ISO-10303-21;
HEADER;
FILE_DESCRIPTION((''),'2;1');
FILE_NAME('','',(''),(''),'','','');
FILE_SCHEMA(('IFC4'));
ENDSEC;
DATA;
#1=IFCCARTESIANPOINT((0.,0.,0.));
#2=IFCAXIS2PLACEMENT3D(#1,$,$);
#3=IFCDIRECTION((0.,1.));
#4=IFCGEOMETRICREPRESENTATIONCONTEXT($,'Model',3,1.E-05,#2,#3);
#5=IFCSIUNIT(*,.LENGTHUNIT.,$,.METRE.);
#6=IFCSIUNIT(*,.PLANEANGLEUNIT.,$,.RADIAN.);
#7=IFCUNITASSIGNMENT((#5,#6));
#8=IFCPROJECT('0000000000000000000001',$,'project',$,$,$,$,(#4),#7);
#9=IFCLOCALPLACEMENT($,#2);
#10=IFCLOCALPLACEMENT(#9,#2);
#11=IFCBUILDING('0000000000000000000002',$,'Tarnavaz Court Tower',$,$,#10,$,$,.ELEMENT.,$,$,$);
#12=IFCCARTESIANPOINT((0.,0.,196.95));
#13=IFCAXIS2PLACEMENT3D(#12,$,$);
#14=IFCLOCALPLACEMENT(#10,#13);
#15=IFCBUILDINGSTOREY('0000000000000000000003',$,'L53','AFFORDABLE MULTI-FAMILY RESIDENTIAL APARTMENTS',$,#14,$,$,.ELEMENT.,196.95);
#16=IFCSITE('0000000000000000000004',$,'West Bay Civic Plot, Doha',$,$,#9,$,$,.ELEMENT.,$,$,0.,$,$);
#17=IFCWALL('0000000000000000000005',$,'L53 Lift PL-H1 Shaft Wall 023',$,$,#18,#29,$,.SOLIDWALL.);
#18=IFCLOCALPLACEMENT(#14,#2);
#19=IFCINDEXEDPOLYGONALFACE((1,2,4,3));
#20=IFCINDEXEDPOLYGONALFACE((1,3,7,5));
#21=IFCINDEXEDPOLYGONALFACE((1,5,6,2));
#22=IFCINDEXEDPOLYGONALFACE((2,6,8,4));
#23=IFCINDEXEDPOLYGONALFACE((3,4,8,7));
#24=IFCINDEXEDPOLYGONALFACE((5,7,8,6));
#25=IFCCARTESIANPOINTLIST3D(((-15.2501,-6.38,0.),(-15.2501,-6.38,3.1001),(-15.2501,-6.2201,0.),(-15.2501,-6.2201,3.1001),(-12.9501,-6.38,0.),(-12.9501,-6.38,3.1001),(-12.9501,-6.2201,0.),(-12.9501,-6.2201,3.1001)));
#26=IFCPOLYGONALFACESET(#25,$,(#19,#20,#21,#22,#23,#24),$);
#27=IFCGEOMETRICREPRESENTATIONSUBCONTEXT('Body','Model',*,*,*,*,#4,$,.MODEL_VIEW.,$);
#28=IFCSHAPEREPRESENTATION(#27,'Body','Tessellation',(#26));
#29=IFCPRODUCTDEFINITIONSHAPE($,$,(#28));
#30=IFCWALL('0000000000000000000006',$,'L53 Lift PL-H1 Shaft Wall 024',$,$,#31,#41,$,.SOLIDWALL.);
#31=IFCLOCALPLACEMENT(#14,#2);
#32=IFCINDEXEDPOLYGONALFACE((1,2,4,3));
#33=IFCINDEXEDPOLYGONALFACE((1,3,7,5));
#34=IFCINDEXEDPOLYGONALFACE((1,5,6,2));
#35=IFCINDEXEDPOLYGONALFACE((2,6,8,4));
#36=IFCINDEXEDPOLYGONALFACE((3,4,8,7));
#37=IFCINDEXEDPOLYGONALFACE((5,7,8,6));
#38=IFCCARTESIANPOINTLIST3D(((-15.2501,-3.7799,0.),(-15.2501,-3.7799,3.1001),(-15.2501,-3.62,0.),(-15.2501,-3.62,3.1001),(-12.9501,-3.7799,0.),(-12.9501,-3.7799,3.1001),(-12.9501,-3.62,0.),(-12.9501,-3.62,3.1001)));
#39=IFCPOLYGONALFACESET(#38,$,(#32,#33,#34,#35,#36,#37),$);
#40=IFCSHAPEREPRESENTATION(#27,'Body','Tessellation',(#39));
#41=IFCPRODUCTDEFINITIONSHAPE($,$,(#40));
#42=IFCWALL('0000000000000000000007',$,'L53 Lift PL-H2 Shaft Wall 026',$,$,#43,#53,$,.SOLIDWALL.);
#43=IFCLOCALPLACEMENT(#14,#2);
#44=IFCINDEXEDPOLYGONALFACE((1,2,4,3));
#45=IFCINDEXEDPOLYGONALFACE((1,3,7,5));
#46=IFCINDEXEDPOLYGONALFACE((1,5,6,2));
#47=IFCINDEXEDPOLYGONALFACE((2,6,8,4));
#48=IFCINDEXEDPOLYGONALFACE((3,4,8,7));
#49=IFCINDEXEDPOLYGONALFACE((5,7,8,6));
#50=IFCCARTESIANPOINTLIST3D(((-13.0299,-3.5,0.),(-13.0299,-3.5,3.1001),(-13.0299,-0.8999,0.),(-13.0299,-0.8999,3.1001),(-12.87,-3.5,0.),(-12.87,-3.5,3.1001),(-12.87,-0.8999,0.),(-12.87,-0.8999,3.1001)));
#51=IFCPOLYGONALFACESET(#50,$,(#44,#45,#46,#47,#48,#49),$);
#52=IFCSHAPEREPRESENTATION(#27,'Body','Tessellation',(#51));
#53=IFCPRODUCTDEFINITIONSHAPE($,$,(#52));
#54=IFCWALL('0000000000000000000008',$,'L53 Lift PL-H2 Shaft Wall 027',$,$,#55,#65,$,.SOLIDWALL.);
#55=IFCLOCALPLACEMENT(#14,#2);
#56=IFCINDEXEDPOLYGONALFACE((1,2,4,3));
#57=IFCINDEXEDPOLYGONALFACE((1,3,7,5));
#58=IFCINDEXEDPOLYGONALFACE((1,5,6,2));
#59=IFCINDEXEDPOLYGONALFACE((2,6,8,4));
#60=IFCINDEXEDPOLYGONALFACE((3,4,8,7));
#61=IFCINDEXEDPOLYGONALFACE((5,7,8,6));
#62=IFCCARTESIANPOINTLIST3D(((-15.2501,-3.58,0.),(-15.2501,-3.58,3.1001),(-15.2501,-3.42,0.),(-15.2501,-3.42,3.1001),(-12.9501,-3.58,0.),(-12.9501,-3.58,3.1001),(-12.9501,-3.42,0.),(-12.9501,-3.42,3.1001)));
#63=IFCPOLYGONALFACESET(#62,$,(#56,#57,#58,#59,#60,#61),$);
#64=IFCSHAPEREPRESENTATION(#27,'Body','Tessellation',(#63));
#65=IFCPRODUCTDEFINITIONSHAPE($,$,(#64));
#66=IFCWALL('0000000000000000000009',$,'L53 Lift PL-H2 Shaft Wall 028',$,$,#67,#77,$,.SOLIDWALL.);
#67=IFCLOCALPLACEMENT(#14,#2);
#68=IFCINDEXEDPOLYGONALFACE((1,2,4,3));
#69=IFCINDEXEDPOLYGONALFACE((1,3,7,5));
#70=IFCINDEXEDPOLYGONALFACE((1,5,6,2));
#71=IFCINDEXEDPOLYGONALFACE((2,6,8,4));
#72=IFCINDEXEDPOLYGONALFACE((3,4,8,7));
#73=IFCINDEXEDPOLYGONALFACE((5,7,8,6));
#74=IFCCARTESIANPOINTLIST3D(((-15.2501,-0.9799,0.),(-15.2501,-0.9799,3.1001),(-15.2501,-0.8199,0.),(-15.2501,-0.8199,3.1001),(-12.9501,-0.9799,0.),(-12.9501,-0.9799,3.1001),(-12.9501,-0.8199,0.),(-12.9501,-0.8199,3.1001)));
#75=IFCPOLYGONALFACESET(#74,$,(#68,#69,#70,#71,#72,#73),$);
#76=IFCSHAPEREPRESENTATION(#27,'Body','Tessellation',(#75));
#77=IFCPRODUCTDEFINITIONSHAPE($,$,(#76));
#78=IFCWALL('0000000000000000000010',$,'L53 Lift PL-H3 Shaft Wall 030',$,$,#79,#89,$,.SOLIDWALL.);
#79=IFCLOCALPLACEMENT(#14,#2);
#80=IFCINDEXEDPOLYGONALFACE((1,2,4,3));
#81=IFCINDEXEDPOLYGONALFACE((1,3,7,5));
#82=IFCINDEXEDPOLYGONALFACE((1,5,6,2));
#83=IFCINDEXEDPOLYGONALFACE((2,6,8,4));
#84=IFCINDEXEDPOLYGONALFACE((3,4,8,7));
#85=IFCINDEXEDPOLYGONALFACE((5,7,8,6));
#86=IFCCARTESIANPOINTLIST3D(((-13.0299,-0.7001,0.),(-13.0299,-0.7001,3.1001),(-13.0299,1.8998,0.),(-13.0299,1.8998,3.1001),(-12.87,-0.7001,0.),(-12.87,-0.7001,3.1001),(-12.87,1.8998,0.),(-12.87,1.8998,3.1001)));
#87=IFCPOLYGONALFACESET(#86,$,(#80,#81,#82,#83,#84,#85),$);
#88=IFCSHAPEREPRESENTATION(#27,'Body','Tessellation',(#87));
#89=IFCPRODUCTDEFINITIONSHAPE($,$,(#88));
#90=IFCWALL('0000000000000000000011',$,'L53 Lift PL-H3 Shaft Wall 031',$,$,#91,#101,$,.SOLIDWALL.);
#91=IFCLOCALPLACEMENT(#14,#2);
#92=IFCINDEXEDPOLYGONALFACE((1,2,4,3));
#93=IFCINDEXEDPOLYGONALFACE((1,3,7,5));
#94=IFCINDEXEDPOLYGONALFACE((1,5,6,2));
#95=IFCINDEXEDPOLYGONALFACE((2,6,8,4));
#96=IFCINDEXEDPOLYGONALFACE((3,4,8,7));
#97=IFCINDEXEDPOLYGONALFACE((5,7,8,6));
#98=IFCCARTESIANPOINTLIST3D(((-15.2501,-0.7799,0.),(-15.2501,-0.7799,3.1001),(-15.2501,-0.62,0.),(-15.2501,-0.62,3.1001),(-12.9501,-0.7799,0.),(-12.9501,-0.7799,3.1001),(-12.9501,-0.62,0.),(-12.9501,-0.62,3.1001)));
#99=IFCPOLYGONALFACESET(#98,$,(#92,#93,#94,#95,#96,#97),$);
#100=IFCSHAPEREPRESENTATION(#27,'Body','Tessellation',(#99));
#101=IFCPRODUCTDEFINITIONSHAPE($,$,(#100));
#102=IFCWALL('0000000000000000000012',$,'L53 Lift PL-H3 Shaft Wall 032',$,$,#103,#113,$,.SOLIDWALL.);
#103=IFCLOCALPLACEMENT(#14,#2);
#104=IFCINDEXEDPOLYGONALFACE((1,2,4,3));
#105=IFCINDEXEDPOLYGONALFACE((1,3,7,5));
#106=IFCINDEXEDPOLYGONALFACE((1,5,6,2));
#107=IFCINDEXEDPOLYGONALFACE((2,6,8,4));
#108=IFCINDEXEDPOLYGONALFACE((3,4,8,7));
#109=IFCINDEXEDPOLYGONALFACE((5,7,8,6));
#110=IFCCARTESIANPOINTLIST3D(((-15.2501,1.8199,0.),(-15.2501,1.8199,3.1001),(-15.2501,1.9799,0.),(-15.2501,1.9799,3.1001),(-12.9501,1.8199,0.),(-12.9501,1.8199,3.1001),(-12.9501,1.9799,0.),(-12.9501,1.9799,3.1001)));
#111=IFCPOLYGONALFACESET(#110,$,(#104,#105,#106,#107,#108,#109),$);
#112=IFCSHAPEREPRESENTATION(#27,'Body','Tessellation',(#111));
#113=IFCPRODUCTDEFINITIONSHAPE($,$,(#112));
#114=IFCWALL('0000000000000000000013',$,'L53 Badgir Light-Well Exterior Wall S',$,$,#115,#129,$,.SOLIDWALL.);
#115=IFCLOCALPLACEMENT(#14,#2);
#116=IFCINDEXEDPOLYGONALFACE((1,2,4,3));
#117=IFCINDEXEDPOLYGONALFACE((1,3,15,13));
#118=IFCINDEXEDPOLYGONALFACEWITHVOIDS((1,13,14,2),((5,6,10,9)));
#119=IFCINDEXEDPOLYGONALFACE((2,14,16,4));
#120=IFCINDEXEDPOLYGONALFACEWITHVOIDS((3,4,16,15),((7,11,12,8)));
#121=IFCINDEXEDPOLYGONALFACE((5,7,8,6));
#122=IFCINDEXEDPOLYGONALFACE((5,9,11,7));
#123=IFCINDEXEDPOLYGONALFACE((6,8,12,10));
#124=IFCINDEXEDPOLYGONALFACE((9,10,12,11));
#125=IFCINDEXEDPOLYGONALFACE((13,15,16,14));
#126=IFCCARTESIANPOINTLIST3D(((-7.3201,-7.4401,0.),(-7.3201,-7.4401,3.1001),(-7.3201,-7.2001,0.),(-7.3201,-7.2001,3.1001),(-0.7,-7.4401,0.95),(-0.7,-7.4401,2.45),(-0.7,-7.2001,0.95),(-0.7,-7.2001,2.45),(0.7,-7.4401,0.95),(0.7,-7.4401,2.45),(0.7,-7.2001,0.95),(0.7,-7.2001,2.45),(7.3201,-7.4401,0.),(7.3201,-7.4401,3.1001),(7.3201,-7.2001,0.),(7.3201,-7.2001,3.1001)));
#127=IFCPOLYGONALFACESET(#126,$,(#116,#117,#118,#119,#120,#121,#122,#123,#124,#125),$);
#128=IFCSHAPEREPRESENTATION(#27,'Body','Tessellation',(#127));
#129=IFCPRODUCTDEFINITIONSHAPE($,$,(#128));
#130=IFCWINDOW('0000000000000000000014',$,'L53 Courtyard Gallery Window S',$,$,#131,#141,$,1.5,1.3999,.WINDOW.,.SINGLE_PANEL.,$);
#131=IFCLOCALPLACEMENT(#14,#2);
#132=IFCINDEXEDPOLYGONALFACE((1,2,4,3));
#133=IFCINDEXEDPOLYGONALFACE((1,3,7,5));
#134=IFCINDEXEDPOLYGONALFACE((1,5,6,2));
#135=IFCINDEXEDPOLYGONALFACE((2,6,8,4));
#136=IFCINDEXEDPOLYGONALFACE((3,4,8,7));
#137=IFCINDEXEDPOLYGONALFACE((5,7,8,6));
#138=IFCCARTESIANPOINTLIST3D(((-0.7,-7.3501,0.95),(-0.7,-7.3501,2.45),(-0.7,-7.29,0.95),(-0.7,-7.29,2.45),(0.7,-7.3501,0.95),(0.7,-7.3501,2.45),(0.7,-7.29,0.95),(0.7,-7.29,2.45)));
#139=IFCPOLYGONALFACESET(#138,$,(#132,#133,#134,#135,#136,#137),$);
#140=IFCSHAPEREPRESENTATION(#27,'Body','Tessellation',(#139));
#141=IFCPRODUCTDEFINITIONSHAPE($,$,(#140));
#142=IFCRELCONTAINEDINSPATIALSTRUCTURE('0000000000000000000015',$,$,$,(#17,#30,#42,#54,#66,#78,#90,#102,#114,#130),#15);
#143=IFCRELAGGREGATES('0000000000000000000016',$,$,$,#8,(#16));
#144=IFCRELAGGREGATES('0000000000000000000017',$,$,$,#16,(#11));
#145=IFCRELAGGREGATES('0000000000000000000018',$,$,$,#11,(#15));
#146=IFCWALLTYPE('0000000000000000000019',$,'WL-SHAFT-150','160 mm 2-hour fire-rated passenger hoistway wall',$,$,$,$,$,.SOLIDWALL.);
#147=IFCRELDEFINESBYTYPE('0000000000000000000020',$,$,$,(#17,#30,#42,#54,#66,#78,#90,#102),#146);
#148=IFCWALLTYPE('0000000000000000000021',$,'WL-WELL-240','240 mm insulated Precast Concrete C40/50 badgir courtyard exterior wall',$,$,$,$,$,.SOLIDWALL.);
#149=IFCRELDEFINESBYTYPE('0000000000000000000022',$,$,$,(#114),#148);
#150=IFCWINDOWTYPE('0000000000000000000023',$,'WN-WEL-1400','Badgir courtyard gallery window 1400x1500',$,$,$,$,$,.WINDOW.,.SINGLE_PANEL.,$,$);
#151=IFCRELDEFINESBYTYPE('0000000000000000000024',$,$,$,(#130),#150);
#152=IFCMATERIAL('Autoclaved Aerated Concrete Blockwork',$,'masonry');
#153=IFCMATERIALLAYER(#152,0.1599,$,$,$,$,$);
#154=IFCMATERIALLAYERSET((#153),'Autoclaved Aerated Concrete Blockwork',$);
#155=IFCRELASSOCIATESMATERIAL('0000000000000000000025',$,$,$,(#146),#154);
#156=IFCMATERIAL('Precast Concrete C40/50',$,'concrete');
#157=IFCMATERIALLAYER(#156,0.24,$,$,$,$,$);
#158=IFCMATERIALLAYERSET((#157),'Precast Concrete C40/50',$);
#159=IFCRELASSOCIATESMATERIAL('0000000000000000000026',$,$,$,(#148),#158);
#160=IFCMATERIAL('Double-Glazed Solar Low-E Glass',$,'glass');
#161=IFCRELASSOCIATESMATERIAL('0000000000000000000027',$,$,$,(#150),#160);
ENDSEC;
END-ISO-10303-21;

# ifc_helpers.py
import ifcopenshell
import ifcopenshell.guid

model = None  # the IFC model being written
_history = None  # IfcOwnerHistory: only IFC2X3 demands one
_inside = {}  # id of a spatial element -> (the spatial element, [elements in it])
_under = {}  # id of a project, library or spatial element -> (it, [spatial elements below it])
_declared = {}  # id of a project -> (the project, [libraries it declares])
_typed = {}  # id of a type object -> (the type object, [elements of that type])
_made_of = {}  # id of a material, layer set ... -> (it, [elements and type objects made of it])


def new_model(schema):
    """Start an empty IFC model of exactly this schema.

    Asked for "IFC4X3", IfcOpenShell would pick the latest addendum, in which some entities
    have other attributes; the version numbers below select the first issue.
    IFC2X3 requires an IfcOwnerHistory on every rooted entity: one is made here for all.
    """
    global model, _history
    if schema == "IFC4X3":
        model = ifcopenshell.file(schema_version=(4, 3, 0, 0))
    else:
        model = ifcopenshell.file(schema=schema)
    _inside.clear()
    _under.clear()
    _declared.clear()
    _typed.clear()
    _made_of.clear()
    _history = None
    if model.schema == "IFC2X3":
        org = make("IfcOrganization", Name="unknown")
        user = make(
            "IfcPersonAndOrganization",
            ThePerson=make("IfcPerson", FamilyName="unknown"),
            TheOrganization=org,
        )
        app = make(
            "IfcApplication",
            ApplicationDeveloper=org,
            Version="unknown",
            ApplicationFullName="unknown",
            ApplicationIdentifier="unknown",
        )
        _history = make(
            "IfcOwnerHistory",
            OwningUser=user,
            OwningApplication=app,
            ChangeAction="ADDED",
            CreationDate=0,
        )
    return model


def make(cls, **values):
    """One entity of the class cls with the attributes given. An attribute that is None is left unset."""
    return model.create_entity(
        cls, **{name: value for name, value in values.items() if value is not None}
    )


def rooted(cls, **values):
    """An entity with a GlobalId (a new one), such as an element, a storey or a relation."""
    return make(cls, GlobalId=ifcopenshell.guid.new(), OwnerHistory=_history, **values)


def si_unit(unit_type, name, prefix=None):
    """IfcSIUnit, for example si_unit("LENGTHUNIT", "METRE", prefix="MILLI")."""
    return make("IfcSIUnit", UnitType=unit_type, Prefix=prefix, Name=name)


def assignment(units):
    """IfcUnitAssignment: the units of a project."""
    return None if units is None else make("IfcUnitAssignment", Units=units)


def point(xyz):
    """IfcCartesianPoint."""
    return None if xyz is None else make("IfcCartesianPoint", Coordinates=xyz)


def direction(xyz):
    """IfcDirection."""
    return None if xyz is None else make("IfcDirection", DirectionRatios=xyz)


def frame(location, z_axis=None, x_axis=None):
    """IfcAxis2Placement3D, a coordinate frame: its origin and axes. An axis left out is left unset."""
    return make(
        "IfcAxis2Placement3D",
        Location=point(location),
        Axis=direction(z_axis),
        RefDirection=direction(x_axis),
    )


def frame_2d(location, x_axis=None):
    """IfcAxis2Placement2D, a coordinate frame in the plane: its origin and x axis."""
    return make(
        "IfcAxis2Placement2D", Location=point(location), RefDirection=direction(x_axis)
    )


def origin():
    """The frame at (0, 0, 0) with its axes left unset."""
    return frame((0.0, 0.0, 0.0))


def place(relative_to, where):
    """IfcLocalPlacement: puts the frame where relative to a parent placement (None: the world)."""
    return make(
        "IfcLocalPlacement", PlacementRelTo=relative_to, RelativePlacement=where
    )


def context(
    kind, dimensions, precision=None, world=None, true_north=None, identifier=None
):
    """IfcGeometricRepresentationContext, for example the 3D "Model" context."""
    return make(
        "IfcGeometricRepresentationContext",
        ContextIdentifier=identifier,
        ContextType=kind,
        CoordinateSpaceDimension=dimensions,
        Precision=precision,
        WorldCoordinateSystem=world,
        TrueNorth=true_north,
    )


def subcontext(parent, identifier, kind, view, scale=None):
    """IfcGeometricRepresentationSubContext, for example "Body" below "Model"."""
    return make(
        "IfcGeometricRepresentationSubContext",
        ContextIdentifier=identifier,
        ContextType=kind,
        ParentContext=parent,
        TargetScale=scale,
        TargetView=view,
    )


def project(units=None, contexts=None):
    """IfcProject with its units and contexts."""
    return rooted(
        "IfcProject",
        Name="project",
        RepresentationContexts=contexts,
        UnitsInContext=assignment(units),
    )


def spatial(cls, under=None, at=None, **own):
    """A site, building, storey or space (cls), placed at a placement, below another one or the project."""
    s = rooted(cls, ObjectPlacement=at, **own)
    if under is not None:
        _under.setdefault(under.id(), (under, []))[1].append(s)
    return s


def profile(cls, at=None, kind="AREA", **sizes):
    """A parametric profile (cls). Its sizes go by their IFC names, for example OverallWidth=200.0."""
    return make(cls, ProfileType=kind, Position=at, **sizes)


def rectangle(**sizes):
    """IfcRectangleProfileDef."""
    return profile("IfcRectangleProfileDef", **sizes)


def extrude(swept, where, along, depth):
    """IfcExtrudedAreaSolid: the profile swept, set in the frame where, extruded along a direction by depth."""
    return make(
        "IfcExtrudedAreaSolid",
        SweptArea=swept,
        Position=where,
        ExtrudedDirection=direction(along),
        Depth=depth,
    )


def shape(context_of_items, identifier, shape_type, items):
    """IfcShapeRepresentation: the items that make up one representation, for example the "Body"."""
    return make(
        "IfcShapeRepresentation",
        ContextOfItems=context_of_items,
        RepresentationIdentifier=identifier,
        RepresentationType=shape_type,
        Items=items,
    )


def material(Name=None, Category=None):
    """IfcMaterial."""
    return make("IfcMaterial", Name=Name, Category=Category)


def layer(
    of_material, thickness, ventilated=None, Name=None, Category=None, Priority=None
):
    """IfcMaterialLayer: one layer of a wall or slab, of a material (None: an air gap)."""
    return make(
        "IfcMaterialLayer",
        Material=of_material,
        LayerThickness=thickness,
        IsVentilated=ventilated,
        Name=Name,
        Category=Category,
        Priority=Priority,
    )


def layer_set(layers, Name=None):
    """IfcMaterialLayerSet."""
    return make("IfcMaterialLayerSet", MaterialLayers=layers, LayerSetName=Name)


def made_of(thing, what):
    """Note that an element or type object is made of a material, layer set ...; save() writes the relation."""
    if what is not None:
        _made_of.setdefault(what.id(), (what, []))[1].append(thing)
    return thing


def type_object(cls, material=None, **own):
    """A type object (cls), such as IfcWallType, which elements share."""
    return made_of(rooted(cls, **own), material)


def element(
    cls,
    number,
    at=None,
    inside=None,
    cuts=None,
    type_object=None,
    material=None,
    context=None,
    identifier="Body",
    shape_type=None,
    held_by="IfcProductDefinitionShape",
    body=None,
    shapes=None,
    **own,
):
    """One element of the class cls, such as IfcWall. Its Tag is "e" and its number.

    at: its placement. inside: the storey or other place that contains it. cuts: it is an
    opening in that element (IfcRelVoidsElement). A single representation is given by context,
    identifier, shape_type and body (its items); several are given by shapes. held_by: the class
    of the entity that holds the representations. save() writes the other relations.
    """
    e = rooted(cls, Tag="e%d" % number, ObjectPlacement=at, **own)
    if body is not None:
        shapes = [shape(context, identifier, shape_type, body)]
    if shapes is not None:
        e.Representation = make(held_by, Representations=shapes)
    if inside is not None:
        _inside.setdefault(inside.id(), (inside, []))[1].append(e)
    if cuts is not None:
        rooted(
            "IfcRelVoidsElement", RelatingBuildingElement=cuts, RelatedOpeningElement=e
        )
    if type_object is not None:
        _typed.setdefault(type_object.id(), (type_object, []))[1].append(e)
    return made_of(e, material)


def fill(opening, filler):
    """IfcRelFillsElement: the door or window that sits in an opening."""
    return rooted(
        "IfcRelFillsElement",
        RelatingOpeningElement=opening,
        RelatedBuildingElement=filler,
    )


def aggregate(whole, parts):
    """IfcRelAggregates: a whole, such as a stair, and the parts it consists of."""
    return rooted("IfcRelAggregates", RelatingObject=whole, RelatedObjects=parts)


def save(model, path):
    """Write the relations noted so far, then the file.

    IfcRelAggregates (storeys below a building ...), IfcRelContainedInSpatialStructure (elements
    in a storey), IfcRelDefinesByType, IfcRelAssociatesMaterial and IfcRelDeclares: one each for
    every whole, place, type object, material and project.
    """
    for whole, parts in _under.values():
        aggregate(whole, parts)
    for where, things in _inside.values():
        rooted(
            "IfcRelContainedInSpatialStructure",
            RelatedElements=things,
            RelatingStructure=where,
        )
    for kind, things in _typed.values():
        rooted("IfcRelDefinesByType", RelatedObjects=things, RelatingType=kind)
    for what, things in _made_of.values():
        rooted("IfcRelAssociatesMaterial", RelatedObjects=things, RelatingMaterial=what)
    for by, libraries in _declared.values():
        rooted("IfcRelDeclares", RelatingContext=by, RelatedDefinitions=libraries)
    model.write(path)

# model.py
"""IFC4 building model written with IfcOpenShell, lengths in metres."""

from ifc_helpers import new_model, si_unit, direction, frame, frame_2d, origin, place, context, subcontext, project, spatial, rectangle, extrude, material, layer, layer_set, type_object, element, fill, save


model = new_model("IFC4")

# Units and contexts
model_context = context("Model", 3, precision=1e-05, world=origin(), true_north=direction((0.0, 1.0)))
body_context = subcontext(model_context, "Body", "Model", "MODEL_VIEW")
ifc_project = project(units=[si_unit("LENGTHUNIT", "METRE"), si_unit("PLANEANGLEUNIT", "RADIAN")], contexts=[model_context])

# Site, building, storey
site_placement = place(None, origin())
site = spatial("IfcSite", under=ifc_project, at=site_placement, Name="West Bay Civic Plot, Doha", CompositionType="ELEMENT", RefElevation=0.0)
building_placement = place(site_placement, origin())
building = spatial("IfcBuilding", under=site, at=building_placement, Name="Tarnavaz Court Tower", CompositionType="ELEMENT")
storey_placement = place(building_placement, frame((0.0, 0.0, 196.95)))
storey = spatial("IfcBuildingStorey", under=building, at=storey_placement, Name="L53", Description="AFFORDABLE MULTI-FAMILY RESIDENTIAL APARTMENTS", CompositionType="ELEMENT", Elevation=196.95)

# Shared definitions
ifc_material_1 = material(Name="Autoclaved Aerated Concrete Blockwork", Category="masonry")

# Walls
ifc_layer_1 = layer(ifc_material_1, 0.1599)
ifc_layer_set_1 = layer_set([ifc_layer_1], Name="Autoclaved Aerated Concrete Blockwork")
wall_type_1 = type_object("IfcWallType", Name="WL-SHAFT-150", Description="160 mm 2-hour fire-rated passenger hoistway wall", PredefinedType="SOLIDWALL", material=ifc_layer_set_1)
for number, where, z_axis, x_axis, name in (
    (1, (-15.25, -6.3, 0.0), (0.0, 0.0, 1.0), (1.0, 0.0, 0.0), "L53 Lift PL-H1 Shaft Wall 023"),
    (2, (-15.25, -3.7, 0.0), (0.0, 0.0, 1.0), (1.0, 0.0, 0.0), "L53 Lift PL-H1 Shaft Wall 024"),
):
    element("IfcWall", number, at=place(storey_placement, frame(where, z_axis=z_axis, x_axis=x_axis)), inside=storey, type_object=wall_type_1, Name=name, PredefinedType="SOLIDWALL", context=body_context, shape_type="SweptSolid", body=[
        extrude(rectangle(XDim=2.3, YDim=0.1599, at=frame_2d((1.1499, 0.0))), origin(), (0.0, 0.0, 1.0), 3.1001),
    ])

# Walls
wall_1_placement = place(storey_placement, frame((-12.95, -3.5, 0.0), z_axis=(0.0, 0.0, 1.0), x_axis=(0.0, 1.0, 0.0)))
element("IfcWall", 3, at=wall_1_placement, inside=storey, type_object=wall_type_1, Name="L53 Lift PL-H2 Shaft Wall 026", PredefinedType="SOLIDWALL", context=body_context, shape_type="SweptSolid", body=[
    extrude(rectangle(XDim=2.6001, YDim=0.1599, at=frame_2d((1.3, 0.0))), origin(), (0.0, 0.0, 1.0), 3.1001),
])
for number, where, z_axis, x_axis, name in (
    (4, (-15.25, -3.5, 0.0), (0.0, 0.0, 1.0), (1.0, 0.0, 0.0), "L53 Lift PL-H2 Shaft Wall 027"),
    (5, (-15.25, -0.8999, 0.0), (0.0, 0.0, 1.0), (1.0, 0.0, 0.0), "L53 Lift PL-H2 Shaft Wall 028"),
):
    element("IfcWall", number, at=place(storey_placement, frame(where, z_axis=z_axis, x_axis=x_axis)), inside=storey, type_object=wall_type_1, Name=name, PredefinedType="SOLIDWALL", context=body_context, shape_type="SweptSolid", body=[
        extrude(rectangle(XDim=2.3, YDim=0.1599, at=frame_2d((1.1499, 0.0))), origin(), (0.0, 0.0, 1.0), 3.1001),
    ])

# Walls
wall_2_placement = place(storey_placement, frame((-12.95, -0.7, 0.0), z_axis=(0.0, 0.0, 1.0), x_axis=(0.0, 1.0, 0.0)))
element("IfcWall", 6, at=wall_2_placement, inside=storey, type_object=wall_type_1, Name="L53 Lift PL-H3 Shaft Wall 030", PredefinedType="SOLIDWALL", context=body_context, shape_type="SweptSolid", body=[
    extrude(rectangle(XDim=2.5999, YDim=0.1599, at=frame_2d((1.2998, 0.0))), origin(), (0.0, 0.0, 1.0), 3.1001),
])
for number, where, z_axis, x_axis, name in (
    (7, (-15.25, -0.7, 0.0), (0.0, 0.0, 1.0), (1.0, 0.0, 0.0), "L53 Lift PL-H3 Shaft Wall 031"),
    (8, (-15.25, 1.8999, 0.0), (0.0, 0.0, 1.0), (1.0, 0.0, 0.0), "L53 Lift PL-H3 Shaft Wall 032"),
):
    element("IfcWall", number, at=place(storey_placement, frame(where, z_axis=z_axis, x_axis=x_axis)), inside=storey, type_object=wall_type_1, Name=name, PredefinedType="SOLIDWALL", context=body_context, shape_type="SweptSolid", body=[
        extrude(rectangle(XDim=2.3, YDim=0.1599, at=frame_2d((1.1499, 0.0))), origin(), (0.0, 0.0, 1.0), 3.1001),
    ])

# Wall, opening, window
ifc_material_2 = material(Name="Precast Concrete C40/50", Category="concrete")
ifc_layer_2 = layer(ifc_material_2, 0.24)
ifc_layer_set_2 = layer_set([ifc_layer_2], Name="Precast Concrete C40/50")
wall_type_2 = type_object("IfcWallType", Name="WL-WELL-240", Description="240 mm insulated Precast Concrete C40/50 badgir courtyard exterior wall", PredefinedType="SOLIDWALL", material=ifc_layer_set_2)
wall_3_placement = place(storey_placement, frame((-7.3201, -7.3201, 0.0), z_axis=(0.0, 0.0, 1.0), x_axis=(1.0, 0.0, 0.0)))
wall_3 = element("IfcWall", 9, at=wall_3_placement, inside=storey, type_object=wall_type_2, Name="L53 Badgir Light-Well Exterior Wall S", PredefinedType="SOLIDWALL", context=body_context, shape_type="SweptSolid", body=[
    extrude(rectangle(XDim=14.6401, YDim=0.24, at=frame_2d((7.3201, 0.0))), origin(), (0.0, 0.0, 1.0), 3.1001),
])
opening_1_placement = place(wall_3_placement, frame((6.6201, 0.0, 0.95)))
opening_1 = element("IfcOpeningElement", 10, at=opening_1_placement, cuts=wall_3, PredefinedType="OPENING", context=body_context, shape_type="SweptSolid", body=[
    extrude(rectangle(XDim=1.3999, YDim=1.5, at=frame_2d((0.7, 0.75))), frame((0.0, 0.1299, 0.0), z_axis=(0.0, -1.0, 0.0), x_axis=(1.0, 0.0, 0.0)), (0.0, 0.0, 1.0), 0.26),
])
ifc_material_3 = material(Name="Double-Glazed Solar Low-E Glass", Category="glass")
window_type = type_object("IfcWindowType", Name="WN-WEL-1400", Description="Badgir courtyard gallery window 1400x1500", PartitioningType="SINGLE_PANEL", PredefinedType="WINDOW", material=ifc_material_3)
window_placement = place(opening_1_placement, origin())
window = element("IfcWindow", 11, at=window_placement, inside=storey, type_object=window_type, Name="L53 Courtyard Gallery Window S", OverallHeight=1.5, OverallWidth=1.3999, PartitioningType="SINGLE_PANEL", PredefinedType="WINDOW", context=body_context, shape_type="SweptSolid", body=[
    extrude(rectangle(XDim=1.3999, YDim=1.5, at=frame_2d((0.7, 0.75))), frame((0.0, 0.03, 0.0), z_axis=(0.0, -1.0, 0.0), x_axis=(1.0, 0.0, 0.0)), (0.0, 0.0, 1.0), 0.0601),
])
fill(opening_1, window)

save(model, "model.ifc")
